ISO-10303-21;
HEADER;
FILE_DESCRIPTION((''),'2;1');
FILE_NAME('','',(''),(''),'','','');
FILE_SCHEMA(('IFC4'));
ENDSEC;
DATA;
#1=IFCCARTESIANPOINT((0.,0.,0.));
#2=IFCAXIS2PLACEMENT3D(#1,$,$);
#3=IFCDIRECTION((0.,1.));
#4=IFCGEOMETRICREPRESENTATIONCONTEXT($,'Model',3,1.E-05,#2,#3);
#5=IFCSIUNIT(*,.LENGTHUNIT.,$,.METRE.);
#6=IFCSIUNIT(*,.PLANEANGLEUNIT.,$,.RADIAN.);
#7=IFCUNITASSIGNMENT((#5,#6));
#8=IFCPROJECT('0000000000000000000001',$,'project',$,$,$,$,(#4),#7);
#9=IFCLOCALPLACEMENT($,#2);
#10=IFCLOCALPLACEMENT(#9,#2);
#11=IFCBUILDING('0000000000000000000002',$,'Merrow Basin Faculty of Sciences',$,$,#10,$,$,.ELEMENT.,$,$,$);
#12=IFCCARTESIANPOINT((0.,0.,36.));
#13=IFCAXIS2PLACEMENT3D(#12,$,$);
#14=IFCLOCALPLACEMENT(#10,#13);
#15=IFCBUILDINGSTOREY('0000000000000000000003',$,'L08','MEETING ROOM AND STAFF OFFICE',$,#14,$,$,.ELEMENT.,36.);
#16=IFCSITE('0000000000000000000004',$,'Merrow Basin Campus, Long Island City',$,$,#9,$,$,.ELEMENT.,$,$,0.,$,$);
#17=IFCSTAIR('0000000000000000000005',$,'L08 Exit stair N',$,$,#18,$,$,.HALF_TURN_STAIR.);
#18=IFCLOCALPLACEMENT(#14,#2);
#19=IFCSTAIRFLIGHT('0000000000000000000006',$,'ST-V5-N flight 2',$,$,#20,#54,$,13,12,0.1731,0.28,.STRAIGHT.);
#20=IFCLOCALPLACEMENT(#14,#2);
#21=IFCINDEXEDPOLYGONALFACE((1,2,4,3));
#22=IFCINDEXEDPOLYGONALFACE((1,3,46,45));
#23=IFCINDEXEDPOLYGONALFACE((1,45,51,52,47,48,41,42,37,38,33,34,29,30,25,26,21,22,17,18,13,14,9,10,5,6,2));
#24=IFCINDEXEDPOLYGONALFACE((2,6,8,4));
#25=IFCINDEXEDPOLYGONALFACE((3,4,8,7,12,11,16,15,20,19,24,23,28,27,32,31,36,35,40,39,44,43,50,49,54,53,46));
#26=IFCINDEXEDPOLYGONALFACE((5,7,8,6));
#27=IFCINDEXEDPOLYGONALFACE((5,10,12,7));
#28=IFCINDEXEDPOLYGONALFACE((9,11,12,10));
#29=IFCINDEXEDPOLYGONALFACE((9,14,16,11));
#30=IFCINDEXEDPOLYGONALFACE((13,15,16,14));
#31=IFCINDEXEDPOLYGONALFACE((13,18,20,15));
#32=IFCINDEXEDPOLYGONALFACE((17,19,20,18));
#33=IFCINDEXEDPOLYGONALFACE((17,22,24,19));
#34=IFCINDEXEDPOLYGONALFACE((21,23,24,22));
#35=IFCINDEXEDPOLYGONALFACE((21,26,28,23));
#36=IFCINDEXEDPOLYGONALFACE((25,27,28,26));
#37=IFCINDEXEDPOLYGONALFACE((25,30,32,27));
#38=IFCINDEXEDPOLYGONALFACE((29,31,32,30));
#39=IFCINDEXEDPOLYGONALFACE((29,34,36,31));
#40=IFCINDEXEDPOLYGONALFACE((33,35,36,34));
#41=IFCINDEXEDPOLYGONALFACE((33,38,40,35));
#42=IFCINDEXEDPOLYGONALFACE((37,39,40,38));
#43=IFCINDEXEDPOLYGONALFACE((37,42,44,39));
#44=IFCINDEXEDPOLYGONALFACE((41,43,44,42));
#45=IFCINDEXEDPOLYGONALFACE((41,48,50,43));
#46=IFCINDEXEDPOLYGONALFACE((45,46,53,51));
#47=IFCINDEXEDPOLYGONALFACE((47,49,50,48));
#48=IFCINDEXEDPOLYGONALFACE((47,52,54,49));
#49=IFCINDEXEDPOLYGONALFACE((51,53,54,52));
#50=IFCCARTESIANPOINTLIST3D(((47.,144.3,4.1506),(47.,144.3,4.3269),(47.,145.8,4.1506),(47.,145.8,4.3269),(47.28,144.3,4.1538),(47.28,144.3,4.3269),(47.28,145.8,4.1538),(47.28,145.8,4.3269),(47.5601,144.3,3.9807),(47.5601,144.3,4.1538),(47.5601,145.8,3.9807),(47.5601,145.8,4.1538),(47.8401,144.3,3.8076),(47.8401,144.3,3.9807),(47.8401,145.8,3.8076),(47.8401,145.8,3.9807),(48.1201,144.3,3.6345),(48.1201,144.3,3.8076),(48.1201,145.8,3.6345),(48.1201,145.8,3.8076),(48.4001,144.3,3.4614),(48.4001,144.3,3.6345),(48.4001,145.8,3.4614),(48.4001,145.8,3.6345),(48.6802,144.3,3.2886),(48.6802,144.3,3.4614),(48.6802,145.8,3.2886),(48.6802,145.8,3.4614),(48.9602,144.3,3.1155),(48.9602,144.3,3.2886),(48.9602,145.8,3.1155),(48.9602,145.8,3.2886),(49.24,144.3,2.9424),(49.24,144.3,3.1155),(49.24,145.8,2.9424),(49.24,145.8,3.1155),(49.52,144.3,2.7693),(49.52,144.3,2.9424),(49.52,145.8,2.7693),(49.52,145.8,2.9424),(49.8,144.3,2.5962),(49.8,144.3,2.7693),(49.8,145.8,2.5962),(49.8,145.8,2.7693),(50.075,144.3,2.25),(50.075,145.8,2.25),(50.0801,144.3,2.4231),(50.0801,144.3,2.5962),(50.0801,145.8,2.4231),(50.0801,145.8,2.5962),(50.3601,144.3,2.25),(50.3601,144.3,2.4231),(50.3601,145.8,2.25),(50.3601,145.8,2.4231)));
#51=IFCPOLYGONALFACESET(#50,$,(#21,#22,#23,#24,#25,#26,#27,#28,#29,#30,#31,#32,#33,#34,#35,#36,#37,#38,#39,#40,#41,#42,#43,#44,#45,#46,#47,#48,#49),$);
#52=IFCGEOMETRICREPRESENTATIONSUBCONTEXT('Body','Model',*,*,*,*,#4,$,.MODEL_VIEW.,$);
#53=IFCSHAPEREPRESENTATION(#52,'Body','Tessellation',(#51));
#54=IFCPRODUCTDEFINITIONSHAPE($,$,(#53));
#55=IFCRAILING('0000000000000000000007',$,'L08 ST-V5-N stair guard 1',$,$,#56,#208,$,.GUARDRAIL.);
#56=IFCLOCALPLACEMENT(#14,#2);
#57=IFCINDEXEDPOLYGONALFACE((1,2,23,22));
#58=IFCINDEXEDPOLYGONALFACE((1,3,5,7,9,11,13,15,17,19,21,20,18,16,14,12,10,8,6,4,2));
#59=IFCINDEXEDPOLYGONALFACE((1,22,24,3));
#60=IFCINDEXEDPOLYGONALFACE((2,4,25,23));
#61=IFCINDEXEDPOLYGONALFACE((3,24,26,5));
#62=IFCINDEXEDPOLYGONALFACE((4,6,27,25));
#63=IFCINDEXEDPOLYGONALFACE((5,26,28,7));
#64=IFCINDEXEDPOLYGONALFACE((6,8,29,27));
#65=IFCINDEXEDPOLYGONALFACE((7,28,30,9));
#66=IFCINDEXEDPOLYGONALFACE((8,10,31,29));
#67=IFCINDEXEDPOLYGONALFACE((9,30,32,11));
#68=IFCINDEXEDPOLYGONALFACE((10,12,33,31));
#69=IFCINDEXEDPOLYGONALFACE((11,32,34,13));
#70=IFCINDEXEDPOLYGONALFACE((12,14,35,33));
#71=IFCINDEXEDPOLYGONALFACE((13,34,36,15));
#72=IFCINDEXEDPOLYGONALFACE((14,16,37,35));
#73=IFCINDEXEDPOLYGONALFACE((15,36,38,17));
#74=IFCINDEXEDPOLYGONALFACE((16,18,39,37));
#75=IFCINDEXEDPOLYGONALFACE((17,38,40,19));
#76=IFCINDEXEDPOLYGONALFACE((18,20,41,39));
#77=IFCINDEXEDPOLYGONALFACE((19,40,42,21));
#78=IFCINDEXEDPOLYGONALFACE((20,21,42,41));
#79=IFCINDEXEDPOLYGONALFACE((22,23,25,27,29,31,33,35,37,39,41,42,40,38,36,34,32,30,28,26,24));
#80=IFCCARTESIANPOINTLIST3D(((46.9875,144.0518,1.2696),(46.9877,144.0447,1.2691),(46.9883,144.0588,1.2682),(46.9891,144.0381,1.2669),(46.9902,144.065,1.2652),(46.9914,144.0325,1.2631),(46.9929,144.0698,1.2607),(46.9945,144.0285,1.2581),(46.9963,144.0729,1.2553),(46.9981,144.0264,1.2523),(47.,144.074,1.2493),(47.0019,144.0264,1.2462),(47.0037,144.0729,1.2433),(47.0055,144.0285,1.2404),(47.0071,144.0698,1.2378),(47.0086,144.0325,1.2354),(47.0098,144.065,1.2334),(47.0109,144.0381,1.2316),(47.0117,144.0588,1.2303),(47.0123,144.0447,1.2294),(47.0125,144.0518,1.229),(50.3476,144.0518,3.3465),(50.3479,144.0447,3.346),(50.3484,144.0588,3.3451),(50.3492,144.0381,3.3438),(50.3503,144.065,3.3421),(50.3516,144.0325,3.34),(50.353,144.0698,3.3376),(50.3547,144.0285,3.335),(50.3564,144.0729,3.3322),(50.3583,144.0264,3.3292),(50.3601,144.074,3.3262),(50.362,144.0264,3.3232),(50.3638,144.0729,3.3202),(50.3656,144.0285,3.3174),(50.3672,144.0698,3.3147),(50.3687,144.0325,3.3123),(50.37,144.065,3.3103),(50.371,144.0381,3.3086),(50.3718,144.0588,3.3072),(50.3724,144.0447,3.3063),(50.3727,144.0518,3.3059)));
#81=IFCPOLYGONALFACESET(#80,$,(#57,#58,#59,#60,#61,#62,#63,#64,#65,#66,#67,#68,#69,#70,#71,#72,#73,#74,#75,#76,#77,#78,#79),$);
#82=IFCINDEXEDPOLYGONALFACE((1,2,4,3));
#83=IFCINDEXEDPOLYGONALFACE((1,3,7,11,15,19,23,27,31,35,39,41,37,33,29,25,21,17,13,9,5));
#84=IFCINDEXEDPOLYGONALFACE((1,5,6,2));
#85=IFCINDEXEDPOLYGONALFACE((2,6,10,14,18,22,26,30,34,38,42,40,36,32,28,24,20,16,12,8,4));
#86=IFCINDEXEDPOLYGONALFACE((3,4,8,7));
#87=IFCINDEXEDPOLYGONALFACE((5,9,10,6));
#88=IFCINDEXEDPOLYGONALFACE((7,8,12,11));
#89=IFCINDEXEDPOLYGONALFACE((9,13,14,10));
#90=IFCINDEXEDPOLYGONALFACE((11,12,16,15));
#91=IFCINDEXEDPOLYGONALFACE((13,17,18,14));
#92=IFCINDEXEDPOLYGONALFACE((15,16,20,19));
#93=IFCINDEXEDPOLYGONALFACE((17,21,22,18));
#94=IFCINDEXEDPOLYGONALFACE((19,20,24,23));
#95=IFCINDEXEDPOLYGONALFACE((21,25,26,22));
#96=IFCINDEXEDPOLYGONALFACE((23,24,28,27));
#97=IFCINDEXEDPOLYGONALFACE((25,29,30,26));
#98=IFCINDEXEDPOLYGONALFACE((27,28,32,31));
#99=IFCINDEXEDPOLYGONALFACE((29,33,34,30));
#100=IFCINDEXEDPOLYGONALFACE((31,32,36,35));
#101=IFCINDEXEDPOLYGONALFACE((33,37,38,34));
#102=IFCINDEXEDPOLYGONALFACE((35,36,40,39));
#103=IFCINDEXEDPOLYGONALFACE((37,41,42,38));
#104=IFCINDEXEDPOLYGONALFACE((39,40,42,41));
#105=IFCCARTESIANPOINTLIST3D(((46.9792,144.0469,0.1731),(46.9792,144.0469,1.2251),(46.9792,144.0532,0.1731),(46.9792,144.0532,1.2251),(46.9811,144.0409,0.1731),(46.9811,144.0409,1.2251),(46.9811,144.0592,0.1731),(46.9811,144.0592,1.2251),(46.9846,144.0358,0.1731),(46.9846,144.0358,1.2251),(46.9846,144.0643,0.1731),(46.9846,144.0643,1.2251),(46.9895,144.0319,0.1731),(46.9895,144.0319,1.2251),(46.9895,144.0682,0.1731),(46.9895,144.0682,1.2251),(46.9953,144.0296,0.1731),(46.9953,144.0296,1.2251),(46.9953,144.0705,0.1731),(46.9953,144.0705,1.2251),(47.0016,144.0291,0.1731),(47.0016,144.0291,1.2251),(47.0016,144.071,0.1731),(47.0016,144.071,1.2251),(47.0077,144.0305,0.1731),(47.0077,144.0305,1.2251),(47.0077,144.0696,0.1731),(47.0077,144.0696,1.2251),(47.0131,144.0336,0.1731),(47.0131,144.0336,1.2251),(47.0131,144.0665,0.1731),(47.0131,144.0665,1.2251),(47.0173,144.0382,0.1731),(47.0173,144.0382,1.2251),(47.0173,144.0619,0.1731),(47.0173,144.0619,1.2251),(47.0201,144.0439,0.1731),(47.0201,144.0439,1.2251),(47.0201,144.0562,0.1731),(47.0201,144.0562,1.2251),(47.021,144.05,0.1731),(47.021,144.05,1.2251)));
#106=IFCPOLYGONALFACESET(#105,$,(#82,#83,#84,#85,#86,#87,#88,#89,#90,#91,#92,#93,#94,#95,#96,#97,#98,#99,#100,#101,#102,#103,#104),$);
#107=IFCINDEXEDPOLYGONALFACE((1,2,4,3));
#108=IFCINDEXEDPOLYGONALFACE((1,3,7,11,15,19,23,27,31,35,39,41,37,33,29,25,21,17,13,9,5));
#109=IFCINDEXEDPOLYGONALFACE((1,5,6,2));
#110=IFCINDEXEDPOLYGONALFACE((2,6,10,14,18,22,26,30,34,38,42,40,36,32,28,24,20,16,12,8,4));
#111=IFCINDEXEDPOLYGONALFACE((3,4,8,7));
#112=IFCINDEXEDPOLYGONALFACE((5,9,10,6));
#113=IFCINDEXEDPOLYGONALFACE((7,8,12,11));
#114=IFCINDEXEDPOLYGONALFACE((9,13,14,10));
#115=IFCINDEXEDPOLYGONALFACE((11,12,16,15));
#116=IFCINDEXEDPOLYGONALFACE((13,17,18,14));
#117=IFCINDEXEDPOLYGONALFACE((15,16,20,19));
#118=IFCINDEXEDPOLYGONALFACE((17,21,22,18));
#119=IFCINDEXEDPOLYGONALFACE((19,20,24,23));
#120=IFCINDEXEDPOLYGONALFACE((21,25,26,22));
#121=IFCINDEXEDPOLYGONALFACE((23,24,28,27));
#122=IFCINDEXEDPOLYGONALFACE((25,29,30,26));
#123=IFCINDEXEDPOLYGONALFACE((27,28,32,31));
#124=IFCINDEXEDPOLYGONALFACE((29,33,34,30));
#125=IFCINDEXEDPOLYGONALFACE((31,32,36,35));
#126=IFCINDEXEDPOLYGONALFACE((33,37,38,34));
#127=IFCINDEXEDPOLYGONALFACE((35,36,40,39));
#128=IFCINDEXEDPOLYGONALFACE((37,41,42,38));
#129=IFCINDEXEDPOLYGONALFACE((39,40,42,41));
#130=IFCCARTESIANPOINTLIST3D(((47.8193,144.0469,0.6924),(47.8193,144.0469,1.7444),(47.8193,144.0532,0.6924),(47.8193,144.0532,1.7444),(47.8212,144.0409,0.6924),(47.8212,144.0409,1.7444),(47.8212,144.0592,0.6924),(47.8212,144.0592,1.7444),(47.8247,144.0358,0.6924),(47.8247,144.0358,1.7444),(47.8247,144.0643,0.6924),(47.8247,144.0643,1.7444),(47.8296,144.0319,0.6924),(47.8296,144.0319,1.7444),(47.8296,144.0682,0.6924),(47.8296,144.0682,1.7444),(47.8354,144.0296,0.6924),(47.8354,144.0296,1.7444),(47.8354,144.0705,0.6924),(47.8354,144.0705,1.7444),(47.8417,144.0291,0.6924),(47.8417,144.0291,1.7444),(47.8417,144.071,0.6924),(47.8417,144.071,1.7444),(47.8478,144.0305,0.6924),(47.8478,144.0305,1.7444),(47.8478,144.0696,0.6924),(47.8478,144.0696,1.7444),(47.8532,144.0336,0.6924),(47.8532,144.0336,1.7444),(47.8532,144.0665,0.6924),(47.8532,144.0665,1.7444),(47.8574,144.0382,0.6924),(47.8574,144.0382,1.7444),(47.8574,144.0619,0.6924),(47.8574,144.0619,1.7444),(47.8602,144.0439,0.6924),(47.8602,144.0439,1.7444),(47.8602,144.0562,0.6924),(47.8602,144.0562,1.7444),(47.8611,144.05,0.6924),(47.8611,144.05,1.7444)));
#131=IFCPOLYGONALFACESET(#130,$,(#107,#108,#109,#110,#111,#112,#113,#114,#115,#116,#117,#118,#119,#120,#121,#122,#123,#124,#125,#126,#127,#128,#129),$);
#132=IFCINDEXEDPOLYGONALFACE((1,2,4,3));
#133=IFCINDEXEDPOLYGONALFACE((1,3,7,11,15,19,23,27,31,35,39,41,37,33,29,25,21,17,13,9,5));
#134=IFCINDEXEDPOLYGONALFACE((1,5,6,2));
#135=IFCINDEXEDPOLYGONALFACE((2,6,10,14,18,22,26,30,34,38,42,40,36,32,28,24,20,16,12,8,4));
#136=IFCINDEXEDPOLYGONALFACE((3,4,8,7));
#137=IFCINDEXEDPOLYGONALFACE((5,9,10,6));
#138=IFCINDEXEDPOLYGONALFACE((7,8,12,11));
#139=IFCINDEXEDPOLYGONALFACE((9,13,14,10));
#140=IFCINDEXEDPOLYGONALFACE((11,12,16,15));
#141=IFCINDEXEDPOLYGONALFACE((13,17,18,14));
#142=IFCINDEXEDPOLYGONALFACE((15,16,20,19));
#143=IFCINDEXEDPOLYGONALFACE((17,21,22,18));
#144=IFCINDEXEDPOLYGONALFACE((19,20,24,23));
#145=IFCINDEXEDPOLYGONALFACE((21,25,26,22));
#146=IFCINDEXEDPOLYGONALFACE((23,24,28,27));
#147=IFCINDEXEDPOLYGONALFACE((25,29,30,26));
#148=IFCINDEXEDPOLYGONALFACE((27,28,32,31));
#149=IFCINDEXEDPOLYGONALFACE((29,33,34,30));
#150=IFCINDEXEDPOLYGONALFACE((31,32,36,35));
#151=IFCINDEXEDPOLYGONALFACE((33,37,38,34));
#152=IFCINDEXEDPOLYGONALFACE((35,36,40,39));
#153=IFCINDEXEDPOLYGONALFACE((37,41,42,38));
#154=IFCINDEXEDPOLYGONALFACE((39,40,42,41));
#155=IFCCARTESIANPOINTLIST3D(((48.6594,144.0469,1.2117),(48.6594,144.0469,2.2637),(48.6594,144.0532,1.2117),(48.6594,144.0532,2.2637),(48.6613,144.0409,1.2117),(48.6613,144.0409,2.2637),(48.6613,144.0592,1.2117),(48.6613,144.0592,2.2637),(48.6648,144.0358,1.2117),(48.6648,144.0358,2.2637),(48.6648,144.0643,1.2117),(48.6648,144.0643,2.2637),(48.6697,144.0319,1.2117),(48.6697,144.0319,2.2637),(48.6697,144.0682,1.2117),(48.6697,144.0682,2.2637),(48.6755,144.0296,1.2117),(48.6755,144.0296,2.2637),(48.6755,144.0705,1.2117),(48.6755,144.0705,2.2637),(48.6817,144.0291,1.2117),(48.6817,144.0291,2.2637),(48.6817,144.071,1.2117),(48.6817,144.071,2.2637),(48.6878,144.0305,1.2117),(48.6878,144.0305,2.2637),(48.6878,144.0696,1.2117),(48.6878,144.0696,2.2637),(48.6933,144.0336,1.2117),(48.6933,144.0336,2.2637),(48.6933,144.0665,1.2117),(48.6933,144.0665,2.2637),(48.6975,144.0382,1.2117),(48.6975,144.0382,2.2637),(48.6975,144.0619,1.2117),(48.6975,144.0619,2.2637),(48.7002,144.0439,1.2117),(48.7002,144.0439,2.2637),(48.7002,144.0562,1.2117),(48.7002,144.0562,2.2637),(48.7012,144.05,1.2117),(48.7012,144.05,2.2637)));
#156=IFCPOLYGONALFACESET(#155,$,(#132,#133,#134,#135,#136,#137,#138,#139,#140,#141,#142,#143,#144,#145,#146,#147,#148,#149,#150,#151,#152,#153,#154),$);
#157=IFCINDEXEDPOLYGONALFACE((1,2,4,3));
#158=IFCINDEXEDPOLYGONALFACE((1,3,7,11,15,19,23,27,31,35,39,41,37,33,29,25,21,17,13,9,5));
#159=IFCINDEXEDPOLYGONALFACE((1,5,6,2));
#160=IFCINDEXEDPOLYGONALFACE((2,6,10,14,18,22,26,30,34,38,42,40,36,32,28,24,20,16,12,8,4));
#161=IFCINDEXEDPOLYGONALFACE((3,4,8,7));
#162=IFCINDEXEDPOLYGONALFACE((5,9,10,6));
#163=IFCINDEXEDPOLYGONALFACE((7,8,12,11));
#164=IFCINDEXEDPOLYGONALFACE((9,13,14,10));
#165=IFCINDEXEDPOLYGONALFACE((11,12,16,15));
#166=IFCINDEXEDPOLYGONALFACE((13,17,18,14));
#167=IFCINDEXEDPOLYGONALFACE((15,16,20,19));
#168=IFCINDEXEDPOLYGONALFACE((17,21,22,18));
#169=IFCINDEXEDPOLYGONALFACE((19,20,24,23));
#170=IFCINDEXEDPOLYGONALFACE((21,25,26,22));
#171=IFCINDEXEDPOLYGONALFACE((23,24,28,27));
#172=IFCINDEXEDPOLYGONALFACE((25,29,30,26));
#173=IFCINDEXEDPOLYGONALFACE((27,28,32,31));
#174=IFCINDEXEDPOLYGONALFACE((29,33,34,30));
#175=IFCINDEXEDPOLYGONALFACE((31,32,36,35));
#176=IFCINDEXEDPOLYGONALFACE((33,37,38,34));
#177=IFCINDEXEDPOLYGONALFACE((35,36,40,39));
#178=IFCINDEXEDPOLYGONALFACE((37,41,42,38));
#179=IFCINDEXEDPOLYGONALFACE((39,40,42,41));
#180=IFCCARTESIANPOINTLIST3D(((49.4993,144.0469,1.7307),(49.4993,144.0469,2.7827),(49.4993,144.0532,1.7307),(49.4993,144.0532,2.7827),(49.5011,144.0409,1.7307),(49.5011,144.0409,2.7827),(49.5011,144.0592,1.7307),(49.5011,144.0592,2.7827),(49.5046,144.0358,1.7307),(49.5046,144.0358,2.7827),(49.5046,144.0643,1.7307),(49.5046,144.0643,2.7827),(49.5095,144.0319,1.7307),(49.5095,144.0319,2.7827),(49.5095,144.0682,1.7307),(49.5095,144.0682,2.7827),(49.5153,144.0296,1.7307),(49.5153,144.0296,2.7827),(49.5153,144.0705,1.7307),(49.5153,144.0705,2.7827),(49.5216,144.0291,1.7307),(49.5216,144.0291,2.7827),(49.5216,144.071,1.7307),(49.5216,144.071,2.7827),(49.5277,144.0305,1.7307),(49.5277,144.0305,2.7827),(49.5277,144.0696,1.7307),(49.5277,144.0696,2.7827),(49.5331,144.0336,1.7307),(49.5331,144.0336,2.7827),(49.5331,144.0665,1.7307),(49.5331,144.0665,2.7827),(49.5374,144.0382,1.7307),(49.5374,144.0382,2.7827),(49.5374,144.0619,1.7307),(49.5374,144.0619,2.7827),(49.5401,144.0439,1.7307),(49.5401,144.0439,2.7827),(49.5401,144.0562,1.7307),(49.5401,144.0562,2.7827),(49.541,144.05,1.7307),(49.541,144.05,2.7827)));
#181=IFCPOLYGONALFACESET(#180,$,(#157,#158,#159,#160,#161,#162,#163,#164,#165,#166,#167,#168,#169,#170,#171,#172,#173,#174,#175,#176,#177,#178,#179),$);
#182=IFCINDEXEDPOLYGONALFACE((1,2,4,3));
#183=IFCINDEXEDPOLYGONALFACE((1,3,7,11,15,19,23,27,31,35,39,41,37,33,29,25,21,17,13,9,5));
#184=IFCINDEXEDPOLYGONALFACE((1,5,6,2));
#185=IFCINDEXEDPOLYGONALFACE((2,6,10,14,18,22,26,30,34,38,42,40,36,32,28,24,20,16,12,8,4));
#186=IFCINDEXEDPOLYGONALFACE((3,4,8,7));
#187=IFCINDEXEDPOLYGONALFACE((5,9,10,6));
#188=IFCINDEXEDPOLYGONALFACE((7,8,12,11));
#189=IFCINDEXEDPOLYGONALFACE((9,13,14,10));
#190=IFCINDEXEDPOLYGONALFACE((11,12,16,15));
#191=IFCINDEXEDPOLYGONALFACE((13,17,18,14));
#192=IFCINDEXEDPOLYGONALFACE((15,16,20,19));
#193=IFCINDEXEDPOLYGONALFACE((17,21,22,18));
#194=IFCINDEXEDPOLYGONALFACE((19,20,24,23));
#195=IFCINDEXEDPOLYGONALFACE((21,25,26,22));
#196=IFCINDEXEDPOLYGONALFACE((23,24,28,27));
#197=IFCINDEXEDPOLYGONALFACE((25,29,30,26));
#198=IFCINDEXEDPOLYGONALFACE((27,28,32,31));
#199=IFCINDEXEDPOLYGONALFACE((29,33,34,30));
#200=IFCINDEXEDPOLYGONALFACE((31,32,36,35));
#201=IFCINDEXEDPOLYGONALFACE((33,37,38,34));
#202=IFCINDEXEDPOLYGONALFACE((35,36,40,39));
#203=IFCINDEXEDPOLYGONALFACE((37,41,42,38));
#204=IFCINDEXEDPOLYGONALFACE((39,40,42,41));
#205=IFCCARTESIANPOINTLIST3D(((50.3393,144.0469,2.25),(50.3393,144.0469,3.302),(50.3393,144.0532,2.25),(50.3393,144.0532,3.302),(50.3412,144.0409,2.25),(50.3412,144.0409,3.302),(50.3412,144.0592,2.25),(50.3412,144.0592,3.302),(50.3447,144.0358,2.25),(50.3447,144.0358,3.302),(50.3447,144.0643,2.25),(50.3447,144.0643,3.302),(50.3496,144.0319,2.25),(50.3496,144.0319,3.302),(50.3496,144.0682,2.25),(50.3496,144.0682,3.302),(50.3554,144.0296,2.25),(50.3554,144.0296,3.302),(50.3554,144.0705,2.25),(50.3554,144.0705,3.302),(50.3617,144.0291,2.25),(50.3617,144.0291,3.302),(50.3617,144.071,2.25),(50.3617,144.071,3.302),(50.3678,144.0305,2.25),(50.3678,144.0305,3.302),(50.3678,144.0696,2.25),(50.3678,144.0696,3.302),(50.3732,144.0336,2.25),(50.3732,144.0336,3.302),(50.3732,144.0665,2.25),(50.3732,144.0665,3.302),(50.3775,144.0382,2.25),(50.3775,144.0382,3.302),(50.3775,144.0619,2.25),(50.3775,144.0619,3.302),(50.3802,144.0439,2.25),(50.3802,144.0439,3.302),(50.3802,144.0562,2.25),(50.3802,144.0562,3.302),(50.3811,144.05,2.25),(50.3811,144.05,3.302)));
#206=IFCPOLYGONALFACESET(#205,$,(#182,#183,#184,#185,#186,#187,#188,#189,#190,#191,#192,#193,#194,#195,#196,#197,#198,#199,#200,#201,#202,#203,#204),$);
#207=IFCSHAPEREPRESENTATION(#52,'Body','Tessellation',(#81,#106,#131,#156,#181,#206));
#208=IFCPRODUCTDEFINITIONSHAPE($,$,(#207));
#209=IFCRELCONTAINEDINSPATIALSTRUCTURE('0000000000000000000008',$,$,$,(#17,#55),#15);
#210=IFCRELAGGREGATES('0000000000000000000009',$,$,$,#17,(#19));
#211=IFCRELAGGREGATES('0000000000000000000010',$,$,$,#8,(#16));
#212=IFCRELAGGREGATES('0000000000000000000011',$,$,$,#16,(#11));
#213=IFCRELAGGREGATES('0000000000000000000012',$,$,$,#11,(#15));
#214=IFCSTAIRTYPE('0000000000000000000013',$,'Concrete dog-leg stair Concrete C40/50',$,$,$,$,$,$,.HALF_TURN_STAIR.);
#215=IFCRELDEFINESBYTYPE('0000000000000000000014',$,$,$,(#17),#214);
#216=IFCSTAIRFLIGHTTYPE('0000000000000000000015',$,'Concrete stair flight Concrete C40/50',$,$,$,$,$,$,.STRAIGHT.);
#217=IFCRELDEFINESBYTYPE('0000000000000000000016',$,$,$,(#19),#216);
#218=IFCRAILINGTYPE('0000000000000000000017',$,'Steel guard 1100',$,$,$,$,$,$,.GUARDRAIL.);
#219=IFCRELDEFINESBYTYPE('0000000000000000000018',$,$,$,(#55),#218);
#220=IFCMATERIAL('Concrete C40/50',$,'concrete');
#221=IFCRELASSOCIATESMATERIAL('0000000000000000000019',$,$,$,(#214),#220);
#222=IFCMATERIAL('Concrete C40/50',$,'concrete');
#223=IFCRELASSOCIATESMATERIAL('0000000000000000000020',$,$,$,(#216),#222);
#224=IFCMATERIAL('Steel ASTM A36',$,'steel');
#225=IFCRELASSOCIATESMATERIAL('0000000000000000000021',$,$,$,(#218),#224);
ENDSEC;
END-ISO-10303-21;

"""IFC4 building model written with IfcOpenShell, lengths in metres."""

from ifc_helpers import new_model, si_unit, direction, frame, origin, origin_2d, place, context, subcontext, project, spatial, polyline, circle, outline, extrude, material, type_object, element, aggregate, save


model = new_model("IFC4")

# Units and contexts
model_context = context("Model", 3, precision=1e-05, world=origin(), true_north=direction((0.0, 1.0)))
body_context = subcontext(model_context, "Body", "Model", "MODEL_VIEW")
ifc_project = project(units=[si_unit("LENGTHUNIT", "METRE"), si_unit("PLANEANGLEUNIT", "RADIAN")], contexts=[model_context])

# Site, building, storey
site_placement = place(None, origin())
site = spatial("IfcSite", under=ifc_project, at=site_placement, Name="Merrow Basin Campus, Long Island City", CompositionType="ELEMENT", RefElevation=0.0)
building_placement = place(site_placement, origin())
building = spatial("IfcBuilding", under=site, at=building_placement, Name="Merrow Basin Faculty of Sciences", CompositionType="ELEMENT")
storey_placement = place(building_placement, frame((0.0, 0.0, 36.0)))
storey = spatial("IfcBuildingStorey", under=building, at=storey_placement, Name="L08", Description="MEETING ROOM AND STAFF OFFICE", CompositionType="ELEMENT", Elevation=36.0)

# Stair, stair flight
ifc_material_1 = material(Name="Concrete C40/50", Category="concrete")
stair_type = type_object("IfcStairType", Name="Concrete dog-leg stair Concrete C40/50", PredefinedType="HALF_TURN_STAIR", material=ifc_material_1)
stair_placement = place(storey_placement, origin())
stair = element("IfcStair", 1, at=stair_placement, inside=storey, type_object=stair_type, Name="L08 Exit stair N", PredefinedType="HALF_TURN_STAIR")
ifc_material_2 = material(Name="Concrete C40/50", Category="concrete")
stair_flight_type = type_object("IfcStairFlightType", Name="Concrete stair flight Concrete C40/50", PredefinedType="STRAIGHT", material=ifc_material_2)
stair_flight_1_placement = place(storey_placement, frame((50.3601, 145.05, 2.25), z_axis=(0.0, 0.0, 1.0), x_axis=(-1.0, 0.0, 0.0)))
stair_flight_1 = element("IfcStairFlight", 2, at=stair_flight_1_placement, type_object=stair_flight_type, Name="ST-V5-N flight 2", NumberOfRisers=13, NumberOfTreads=12, PredefinedType="STRAIGHT", RiserHeight=0.1731, TreadLength=0.28, context=body_context, shape_type="SweptSolid", body=[
    extrude(outline(polyline([(0.0, 0.0), (0.0, 0.1731), (0.28, 0.1731), (0.28, 0.3462), (0.5601, 0.3462), (0.5601, 0.5193), (0.8401, 0.5193), (0.8401, 0.6924), (1.1201, 0.6924), (1.1201, 0.8655), (1.3999, 0.8655), (1.3999, 1.0386), (1.6799, 1.0386), (1.6799, 1.2114), (1.96, 1.2114), (1.96, 1.3845), (2.24, 1.3845), (2.24, 1.5576), (2.52, 1.5576), (2.52, 1.7307), (2.8, 1.7307), (2.8, 1.9038), (3.0801, 1.9038), (3.0801, 2.0769), (3.3601, 2.0769), (3.3601, 2.25), (3.3601, 1.9006), (0.2852, 0.0), (0.0, 0.0)])), frame((0.0, 0.75, 0.0), z_axis=(0.0, -1.0, 0.0), x_axis=(1.0, 0.0, 0.0)), (0.0, 0.0, 1.0), 1.5),
])
aggregate(stair, [stair_flight_1])

# Railing
ifc_material_3 = material(Name="Steel ASTM A36", Category="steel")
railing_type_1 = type_object("IfcRailingType", Name="Steel guard 1100", PredefinedType="GUARDRAIL", material=ifc_material_3)
railing_1_placement = place(storey_placement, frame((47.0, 144.05, 0.1731)))
element("IfcRailing", 3, at=railing_1_placement, inside=storey, type_object=railing_type_1, Name="L08 ST-V5-N stair guard 1", PredefinedType="GUARDRAIL", context=body_context, shape_type="SweptSolid", body=[
    extrude(circle(Radius=0.0239, at=origin_2d()), frame((0.0, 0.0, 1.0762), z_axis=(0.850623, 0.0, 0.525776), x_axis=(0.0, 1.0, 0.0)), (0.0, 0.0, 1.0), 3.9502),
    extrude(circle(Radius=0.021, at=origin_2d()), origin(), (0.0, 0.0, 1.0), 1.052),
    extrude(circle(Radius=0.021, at=origin_2d()), frame((0.8401, 0.0, 0.5193)), (0.0, 0.0, 1.0), 1.052),
    extrude(circle(Radius=0.021, at=origin_2d()), frame((1.6802, 0.0, 1.0386)), (0.0, 0.0, 1.0), 1.052),
    extrude(circle(Radius=0.021, at=origin_2d()), frame((2.52, 0.0, 1.5576)), (0.0, 0.0, 1.0), 1.052),
    extrude(circle(Radius=0.021, at=origin_2d()), frame((3.3601, 0.0, 2.0769)), (0.0, 0.0, 1.0), 1.052),
])

save(model, "model.ifc")
